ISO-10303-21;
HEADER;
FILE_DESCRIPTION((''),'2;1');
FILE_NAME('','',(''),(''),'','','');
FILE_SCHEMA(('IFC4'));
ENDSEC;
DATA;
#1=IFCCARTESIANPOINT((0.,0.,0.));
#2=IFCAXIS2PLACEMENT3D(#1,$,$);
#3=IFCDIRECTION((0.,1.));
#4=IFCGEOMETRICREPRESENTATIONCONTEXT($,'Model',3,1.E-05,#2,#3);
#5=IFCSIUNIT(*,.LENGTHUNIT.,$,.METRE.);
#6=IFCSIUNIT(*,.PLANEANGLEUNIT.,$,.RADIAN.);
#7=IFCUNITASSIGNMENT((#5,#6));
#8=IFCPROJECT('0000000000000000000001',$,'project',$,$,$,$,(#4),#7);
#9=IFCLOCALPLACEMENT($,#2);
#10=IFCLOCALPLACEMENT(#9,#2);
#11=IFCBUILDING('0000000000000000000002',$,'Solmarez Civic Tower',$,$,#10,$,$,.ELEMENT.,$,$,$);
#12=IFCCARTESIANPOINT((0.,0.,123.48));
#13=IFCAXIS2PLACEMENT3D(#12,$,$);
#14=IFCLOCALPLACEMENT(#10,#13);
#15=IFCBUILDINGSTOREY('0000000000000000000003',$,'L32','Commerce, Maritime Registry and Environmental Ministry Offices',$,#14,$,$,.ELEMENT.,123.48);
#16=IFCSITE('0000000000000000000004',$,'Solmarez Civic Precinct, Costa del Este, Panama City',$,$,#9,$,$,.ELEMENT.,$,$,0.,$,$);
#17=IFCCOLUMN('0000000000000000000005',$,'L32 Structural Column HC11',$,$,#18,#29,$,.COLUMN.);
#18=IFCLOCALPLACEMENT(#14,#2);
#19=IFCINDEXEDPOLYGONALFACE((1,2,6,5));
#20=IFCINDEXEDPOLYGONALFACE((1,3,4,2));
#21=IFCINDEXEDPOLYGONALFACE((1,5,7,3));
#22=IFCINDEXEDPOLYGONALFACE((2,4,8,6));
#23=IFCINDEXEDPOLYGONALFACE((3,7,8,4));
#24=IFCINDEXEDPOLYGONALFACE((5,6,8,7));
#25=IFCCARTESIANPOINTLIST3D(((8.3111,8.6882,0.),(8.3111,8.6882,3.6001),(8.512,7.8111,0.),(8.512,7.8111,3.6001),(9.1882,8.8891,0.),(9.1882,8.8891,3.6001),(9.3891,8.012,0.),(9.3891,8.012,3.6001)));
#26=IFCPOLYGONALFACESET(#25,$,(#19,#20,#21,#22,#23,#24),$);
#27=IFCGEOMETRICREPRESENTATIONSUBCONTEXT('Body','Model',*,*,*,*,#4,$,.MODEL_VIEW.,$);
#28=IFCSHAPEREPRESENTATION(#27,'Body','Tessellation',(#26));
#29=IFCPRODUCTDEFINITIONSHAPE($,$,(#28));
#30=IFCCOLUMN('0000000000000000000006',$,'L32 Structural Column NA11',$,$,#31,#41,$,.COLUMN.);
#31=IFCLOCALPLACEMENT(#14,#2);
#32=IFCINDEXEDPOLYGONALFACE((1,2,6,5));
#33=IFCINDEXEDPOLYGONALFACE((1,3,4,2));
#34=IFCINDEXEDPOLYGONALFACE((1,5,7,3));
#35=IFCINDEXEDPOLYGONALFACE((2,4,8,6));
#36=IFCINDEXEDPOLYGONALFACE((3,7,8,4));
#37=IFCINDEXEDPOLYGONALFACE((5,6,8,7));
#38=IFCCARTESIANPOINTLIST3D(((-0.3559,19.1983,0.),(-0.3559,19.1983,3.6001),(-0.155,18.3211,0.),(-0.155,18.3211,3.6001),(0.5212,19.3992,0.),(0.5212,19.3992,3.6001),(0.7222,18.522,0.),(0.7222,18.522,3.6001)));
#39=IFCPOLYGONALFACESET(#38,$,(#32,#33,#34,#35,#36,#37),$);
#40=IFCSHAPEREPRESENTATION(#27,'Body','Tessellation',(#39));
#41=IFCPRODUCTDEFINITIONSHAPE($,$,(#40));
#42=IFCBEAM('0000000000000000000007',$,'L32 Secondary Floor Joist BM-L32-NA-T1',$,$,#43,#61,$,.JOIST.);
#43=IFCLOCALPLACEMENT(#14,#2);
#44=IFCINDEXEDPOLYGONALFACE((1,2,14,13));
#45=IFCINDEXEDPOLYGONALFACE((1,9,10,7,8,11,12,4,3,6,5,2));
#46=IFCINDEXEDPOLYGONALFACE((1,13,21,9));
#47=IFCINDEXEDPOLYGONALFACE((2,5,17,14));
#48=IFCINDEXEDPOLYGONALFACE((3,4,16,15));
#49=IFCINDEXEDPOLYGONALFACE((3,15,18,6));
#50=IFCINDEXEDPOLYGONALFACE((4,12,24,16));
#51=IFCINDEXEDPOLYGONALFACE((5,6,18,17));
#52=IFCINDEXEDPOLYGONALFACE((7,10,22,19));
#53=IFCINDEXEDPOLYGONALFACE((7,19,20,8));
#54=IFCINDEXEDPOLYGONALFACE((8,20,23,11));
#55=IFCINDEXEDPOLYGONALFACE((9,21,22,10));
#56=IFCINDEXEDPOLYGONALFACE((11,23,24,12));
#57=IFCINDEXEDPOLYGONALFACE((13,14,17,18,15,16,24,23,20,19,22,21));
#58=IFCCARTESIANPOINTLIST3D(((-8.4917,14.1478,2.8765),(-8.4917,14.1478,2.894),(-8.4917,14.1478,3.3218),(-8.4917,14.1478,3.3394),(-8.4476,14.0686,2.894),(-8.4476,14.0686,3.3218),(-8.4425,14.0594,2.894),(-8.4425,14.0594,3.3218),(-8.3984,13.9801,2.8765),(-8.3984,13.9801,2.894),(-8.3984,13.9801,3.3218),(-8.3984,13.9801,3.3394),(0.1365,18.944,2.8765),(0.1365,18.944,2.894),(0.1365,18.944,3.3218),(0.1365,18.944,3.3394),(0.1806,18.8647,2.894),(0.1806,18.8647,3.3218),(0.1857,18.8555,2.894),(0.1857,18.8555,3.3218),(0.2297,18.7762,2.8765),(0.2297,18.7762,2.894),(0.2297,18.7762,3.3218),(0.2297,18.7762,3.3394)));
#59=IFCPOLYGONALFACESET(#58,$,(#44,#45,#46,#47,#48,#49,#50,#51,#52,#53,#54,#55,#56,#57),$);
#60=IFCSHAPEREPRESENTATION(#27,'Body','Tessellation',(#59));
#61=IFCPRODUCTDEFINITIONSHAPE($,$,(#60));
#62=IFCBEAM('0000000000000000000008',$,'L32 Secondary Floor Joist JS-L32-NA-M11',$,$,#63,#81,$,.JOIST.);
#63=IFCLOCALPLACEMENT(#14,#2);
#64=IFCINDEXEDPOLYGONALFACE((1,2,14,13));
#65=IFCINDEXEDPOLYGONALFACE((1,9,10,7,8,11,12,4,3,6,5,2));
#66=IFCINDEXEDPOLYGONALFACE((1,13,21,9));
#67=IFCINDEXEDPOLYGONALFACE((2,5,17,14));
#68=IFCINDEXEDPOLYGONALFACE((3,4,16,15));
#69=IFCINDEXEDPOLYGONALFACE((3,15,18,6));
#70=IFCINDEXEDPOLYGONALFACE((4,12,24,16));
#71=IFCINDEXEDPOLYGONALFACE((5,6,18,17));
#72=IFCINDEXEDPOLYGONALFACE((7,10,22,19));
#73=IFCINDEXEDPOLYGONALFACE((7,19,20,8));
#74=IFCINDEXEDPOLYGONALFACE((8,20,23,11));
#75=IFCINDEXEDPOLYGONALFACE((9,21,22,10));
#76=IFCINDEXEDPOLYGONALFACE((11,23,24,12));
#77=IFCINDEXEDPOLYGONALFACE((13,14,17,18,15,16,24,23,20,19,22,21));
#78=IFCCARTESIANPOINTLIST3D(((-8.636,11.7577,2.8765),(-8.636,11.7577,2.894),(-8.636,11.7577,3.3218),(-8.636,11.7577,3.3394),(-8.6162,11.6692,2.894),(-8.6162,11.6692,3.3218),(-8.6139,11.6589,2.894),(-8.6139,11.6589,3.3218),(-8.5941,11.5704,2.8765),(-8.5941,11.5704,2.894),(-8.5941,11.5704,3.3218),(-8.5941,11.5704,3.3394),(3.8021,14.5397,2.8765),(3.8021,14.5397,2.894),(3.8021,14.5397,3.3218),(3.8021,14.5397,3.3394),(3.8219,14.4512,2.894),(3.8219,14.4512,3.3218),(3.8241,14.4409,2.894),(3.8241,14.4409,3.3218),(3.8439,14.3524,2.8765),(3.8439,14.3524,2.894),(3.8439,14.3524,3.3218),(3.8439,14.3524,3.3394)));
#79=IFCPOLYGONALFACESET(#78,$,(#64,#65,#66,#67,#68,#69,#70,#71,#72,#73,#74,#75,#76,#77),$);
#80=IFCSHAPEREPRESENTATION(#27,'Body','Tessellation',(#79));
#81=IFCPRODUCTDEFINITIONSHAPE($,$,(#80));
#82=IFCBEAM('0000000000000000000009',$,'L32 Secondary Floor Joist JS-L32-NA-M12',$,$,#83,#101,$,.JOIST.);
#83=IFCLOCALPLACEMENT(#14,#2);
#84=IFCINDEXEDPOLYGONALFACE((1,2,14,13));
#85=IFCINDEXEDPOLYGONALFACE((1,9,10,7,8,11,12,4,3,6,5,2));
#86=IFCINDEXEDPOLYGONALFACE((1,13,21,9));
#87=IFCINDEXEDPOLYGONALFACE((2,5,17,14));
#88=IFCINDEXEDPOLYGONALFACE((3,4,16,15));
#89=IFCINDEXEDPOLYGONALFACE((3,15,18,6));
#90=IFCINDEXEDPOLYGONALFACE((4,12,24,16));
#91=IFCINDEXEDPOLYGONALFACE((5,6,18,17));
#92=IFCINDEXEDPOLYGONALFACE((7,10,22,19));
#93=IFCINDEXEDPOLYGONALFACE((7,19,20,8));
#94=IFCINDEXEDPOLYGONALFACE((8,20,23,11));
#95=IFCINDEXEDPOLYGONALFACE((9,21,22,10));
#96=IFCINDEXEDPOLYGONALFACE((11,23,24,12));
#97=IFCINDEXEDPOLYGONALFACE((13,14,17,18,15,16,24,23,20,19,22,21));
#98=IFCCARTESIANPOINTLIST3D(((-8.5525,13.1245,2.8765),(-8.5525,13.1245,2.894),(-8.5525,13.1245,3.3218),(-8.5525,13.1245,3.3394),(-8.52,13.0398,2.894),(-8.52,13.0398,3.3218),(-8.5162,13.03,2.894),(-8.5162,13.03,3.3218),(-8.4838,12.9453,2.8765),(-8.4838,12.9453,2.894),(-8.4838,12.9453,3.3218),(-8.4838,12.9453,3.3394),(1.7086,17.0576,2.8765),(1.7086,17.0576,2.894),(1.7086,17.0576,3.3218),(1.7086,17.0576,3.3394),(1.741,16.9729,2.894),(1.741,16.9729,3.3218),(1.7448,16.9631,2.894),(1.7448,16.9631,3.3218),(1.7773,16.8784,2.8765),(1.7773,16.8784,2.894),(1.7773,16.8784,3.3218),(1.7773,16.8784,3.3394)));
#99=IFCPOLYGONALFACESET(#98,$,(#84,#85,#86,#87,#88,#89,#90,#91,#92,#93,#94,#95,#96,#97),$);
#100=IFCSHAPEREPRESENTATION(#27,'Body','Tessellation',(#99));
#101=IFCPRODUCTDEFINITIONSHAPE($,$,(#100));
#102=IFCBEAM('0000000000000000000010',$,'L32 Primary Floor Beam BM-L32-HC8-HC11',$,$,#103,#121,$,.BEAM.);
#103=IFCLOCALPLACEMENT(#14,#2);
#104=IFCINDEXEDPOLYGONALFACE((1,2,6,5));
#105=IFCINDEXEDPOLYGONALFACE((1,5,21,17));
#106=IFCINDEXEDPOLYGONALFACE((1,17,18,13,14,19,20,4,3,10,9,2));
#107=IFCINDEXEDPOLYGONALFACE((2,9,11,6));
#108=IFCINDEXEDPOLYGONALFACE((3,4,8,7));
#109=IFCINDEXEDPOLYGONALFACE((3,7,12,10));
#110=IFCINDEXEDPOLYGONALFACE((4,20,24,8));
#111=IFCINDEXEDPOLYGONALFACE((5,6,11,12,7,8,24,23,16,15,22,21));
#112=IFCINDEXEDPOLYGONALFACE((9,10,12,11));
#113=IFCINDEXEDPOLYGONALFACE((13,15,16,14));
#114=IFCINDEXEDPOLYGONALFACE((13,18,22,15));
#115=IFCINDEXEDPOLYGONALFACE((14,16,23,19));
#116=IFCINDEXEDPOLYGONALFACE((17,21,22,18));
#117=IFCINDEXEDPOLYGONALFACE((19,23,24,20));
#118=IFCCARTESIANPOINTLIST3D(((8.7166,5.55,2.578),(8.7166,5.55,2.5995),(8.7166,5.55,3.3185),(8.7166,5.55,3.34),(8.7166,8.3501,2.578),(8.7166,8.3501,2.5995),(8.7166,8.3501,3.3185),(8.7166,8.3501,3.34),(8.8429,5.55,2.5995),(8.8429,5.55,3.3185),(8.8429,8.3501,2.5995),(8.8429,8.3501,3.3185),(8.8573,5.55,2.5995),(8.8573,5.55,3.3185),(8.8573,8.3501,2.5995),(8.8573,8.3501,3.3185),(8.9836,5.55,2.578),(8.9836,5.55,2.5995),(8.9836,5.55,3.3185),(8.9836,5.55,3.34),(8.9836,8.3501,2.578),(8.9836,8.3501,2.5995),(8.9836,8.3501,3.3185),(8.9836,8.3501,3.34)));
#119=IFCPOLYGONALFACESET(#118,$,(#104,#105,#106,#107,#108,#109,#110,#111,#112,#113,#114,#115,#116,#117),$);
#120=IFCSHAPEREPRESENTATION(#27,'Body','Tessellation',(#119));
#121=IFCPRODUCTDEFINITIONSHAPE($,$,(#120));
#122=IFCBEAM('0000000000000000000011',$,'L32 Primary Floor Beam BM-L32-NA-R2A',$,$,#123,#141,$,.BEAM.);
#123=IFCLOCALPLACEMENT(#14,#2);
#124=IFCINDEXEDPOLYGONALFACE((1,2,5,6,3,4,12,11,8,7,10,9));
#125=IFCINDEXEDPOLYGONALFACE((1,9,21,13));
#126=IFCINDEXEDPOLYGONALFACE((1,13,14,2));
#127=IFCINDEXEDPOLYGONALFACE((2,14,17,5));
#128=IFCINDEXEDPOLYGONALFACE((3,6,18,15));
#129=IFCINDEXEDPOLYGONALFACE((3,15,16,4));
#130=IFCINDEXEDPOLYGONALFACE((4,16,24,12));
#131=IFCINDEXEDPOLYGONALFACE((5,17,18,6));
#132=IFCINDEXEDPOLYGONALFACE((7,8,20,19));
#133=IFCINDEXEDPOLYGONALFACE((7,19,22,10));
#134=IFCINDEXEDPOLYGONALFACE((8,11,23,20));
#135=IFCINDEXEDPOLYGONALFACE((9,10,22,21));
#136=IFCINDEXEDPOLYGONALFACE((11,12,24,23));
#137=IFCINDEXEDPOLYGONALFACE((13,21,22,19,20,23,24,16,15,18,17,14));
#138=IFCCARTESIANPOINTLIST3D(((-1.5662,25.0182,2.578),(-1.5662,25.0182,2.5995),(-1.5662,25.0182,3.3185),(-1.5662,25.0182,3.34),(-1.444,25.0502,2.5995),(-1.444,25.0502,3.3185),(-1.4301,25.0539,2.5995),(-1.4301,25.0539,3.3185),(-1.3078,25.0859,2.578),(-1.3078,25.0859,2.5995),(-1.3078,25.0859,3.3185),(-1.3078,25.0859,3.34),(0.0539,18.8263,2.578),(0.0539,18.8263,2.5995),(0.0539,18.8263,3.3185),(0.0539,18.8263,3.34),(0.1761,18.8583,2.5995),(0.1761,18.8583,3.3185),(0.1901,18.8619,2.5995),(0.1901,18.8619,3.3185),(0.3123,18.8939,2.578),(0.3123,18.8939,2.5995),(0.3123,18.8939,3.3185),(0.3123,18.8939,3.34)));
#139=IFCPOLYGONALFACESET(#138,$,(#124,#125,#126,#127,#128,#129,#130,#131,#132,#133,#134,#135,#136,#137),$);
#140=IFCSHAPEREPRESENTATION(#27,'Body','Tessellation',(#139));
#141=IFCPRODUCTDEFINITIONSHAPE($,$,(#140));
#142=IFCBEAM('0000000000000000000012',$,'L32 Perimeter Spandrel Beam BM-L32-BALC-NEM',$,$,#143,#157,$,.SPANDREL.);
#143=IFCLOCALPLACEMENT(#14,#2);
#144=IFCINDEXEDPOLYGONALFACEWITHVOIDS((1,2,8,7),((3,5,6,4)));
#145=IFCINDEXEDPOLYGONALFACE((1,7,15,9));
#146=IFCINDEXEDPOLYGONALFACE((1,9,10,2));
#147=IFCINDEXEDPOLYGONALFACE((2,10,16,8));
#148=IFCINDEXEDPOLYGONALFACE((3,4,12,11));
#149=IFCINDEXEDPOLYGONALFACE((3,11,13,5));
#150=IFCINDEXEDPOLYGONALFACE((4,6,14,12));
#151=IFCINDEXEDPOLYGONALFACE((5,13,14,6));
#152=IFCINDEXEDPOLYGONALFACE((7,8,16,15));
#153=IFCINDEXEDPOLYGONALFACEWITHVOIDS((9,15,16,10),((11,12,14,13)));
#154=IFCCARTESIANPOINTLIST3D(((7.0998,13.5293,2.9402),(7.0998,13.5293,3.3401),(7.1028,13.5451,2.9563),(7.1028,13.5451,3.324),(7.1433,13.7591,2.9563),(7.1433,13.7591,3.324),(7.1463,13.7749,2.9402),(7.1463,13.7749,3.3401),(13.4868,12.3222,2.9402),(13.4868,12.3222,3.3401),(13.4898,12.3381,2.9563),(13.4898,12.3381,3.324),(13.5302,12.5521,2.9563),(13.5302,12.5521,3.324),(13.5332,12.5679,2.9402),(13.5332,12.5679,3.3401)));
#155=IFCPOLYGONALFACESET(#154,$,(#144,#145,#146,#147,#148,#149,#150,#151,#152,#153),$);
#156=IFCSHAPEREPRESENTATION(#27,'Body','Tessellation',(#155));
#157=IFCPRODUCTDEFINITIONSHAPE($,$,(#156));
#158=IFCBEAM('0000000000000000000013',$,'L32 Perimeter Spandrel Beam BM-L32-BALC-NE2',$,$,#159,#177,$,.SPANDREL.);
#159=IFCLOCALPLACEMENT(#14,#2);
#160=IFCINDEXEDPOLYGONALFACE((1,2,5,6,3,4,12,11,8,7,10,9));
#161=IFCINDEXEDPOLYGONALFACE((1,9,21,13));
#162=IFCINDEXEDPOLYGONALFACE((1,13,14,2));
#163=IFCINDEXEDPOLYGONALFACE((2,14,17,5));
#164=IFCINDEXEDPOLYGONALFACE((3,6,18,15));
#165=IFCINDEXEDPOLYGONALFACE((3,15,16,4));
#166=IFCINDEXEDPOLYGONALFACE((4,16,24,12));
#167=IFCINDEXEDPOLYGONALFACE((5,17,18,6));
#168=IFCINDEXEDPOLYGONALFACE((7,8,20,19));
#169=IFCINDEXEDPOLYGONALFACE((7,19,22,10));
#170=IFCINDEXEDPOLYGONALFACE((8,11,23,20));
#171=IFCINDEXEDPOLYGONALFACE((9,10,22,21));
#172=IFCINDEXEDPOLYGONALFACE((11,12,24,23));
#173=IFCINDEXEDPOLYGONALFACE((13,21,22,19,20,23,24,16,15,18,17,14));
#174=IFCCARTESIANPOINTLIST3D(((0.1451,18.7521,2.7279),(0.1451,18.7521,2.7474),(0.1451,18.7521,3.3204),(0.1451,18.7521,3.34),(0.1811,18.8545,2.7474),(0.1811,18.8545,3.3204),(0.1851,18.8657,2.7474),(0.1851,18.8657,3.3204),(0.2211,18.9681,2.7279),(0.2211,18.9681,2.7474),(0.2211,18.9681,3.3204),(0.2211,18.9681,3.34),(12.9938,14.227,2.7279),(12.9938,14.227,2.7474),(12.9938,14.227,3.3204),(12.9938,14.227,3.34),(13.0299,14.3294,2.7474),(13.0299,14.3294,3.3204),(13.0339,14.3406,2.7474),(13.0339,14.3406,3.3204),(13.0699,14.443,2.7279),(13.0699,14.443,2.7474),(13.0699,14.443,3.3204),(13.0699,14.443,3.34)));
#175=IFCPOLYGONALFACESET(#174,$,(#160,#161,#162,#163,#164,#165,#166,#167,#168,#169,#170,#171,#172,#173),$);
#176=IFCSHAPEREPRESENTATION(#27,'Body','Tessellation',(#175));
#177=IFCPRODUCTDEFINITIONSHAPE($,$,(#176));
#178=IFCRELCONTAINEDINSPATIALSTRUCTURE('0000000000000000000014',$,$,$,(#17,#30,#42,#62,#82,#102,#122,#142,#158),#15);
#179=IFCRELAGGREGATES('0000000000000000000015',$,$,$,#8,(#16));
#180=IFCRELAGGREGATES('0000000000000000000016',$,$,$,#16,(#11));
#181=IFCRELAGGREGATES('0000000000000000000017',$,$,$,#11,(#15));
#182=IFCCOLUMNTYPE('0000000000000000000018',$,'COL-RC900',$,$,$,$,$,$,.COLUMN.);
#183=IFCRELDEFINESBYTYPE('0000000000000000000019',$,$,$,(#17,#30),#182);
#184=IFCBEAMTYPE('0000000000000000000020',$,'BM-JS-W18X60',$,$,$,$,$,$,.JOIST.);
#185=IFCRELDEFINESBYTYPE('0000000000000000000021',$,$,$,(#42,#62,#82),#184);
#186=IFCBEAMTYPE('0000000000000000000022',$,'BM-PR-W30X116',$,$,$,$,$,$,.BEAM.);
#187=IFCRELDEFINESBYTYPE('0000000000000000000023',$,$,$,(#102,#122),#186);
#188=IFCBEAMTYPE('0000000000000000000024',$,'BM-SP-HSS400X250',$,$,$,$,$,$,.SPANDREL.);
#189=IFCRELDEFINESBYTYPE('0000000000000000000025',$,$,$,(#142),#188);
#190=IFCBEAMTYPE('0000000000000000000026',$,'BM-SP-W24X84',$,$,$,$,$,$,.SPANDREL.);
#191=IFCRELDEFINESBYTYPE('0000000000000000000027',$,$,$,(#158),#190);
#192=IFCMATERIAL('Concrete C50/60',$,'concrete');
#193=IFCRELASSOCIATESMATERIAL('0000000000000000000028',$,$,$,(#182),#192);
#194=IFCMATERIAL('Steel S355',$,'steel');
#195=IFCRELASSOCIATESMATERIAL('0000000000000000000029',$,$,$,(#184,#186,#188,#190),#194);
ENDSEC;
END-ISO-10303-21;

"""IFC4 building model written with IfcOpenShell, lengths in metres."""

from ifc_helpers import new_model, si_unit, direction, frame, origin, origin_2d, place, context, subcontext, project, spatial, rectangle, hollow_rectangle, i_section, extrude, material, material_profile, profile_set, type_object, element, save


model = new_model("IFC4")

# Units and contexts
model_context = context("Model", 3, precision=1e-05, world=origin(), true_north=direction((0.0, 1.0)))
body_context = subcontext(model_context, "Body", "Model", "MODEL_VIEW")
ifc_project = project(units=[si_unit("LENGTHUNIT", "METRE"), si_unit("PLANEANGLEUNIT", "RADIAN")], contexts=[model_context])

# Site, building, storey
site_placement = place(None, origin())
site = spatial("IfcSite", under=ifc_project, at=site_placement, Name="Solmarez Civic Precinct, Costa del Este, Panama City", CompositionType="ELEMENT", RefElevation=0.0)
building_placement = place(site_placement, origin())
building = spatial("IfcBuilding", under=site, at=building_placement, Name="Solmarez Civic Tower", CompositionType="ELEMENT")
storey_placement = place(building_placement, frame((0.0, 0.0, 123.48)))
storey = spatial("IfcBuildingStorey", under=building, at=storey_placement, Name="L32", Description="Commerce, Maritime Registry and Environmental Ministry Offices", CompositionType="ELEMENT", Elevation=123.48)

# Columns
ifc_material_1 = material(Name="Concrete C50/60", Category="concrete")
ifc_material_profile_1 = material_profile(ifc_material_1, rectangle(XDim=0.8999, YDim=0.8999, at=origin_2d()), Name="RC900X900")
ifc_profile_set_1 = profile_set([ifc_material_profile_1], Name="Concrete C50/60")
column_type = type_object("IfcColumnType", Name="COL-RC900", PredefinedType="COLUMN", material=ifc_profile_set_1)
for number, where, z_axis, x_axis, name in (
    (1, (8.8501, 8.3501, 0.0), (0.0, 0.0, 1.0), (0.974761, 0.22325, 0.0), "L32 Structural Column HC11"),
    (2, (0.1831, 18.8601, 0.0), (0.0, 0.0, 1.0), (0.974761, 0.22325, 0.0), "L32 Structural Column NA11"),
):
    element("IfcColumn", number, at=place(storey_placement, frame(where, z_axis=z_axis, x_axis=x_axis)), inside=storey, type_object=column_type, Name=name, PredefinedType="COLUMN", context=body_context, shape_type="SweptSolid", body=[
        extrude(rectangle(XDim=0.8999, YDim=0.8999, at=origin_2d()), origin(), (0.0, 0.0, 1.0), 3.6001),
    ])

# Beams
ifc_material_2 = material(Name="Steel S355", Category="steel")
ifc_material_profile_2 = material_profile(ifc_material_2, i_section(OverallWidth=0.1919, OverallDepth=0.4629, WebThickness=0.0105, FlangeThickness=0.0176, at=origin_2d()), Name="W18X60")
ifc_profile_set_2 = profile_set([ifc_material_profile_2], Name="Steel S355")
beam_type_1 = type_object("IfcBeamType", Name="BM-JS-W18X60", PredefinedType="JOIST", material=ifc_profile_set_2)
beam_1_placement = place(storey_placement, frame((0.1831, 18.8601, 3.1079), z_axis=(-0.874041, -0.485853, 0.0), x_axis=(0.485853, -0.874041, 0.0)))
element("IfcBeam", 3, at=beam_1_placement, inside=storey, type_object=beam_type_1, Name="L32 Secondary Floor Joist BM-L32-NA-T1", PredefinedType="JOIST", context=body_context, shape_type="SweptSolid", body=[
    extrude(i_section(OverallWidth=0.1919, OverallDepth=0.4629, WebThickness=0.0105, FlangeThickness=0.0176, at=origin_2d()), origin(), (0.0, 0.0, 1.0), 9.8716),
])
beam_2_placement = place(storey_placement, frame((3.823, 14.446, 3.1079), z_axis=(-0.975887, -0.218275, 0.0), x_axis=(0.218275, -0.975887, 0.0)))
element("IfcBeam", 4, at=beam_2_placement, inside=storey, type_object=beam_type_1, Name="L32 Secondary Floor Joist JS-L32-NA-M11", PredefinedType="JOIST", context=body_context, shape_type="SweptSolid", body=[
    extrude(i_section(OverallWidth=0.1919, OverallDepth=0.4629, WebThickness=0.0105, FlangeThickness=0.0176, at=origin_2d()), origin(), (0.0, 0.0, 1.0), 12.7454),
])
beam_3_placement = place(storey_placement, frame((1.7429, 16.968, 3.1079), z_axis=(-0.933754, -0.357914, 0.0), x_axis=(0.357914, -0.933754, 0.0)))
element("IfcBeam", 5, at=beam_3_placement, inside=storey, type_object=beam_type_1, Name="L32 Secondary Floor Joist JS-L32-NA-M12", PredefinedType="JOIST", context=body_context, shape_type="SweptSolid", body=[
    extrude(i_section(OverallWidth=0.1919, OverallDepth=0.4629, WebThickness=0.0105, FlangeThickness=0.0176, at=origin_2d()), origin(), (0.0, 0.0, 1.0), 10.989),
])
ifc_material_profile_3 = material_profile(ifc_material_2, i_section(OverallWidth=0.2671, OverallDepth=0.762, WebThickness=0.0144, FlangeThickness=0.0215, at=origin_2d()), Name="W30X116")
ifc_profile_set_3 = profile_set([ifc_material_profile_3], Name="Steel S355")
beam_type_2 = type_object("IfcBeamType", Name="BM-PR-W30X116", PredefinedType="BEAM", material=ifc_profile_set_3)
beam_4_placement = place(storey_placement, frame((8.8501, 5.55, 2.959), z_axis=(0.0, 1.0, 0.0), x_axis=(-1.0, 0.0, 0.0)))
element("IfcBeam", 6, at=beam_4_placement, inside=storey, type_object=beam_type_2, Name="L32 Primary Floor Beam BM-L32-HC8-HC11", PredefinedType="BEAM", context=body_context, shape_type="SweptSolid", body=[
    extrude(i_section(OverallWidth=0.2671, OverallDepth=0.762, WebThickness=0.0144, FlangeThickness=0.0215, at=origin_2d()), origin(), (0.0, 0.0, 1.0), 2.8),
])
beam_5_placement = place(storey_placement, frame((0.1831, 18.8601, 2.959), z_axis=(-0.25313, 0.967432, 0.0), x_axis=(-0.967432, -0.25313, 0.0)))
element("IfcBeam", 7, at=beam_5_placement, inside=storey, type_object=beam_type_2, Name="L32 Primary Floor Beam BM-L32-NA-R2A", PredefinedType="BEAM", context=body_context, shape_type="SweptSolid", body=[
    extrude(i_section(OverallWidth=0.2671, OverallDepth=0.762, WebThickness=0.0144, FlangeThickness=0.0215, at=origin_2d()), origin(), (0.0, 0.0, 1.0), 6.4004),
])
ifc_material_profile_4 = material_profile(ifc_material_2, hollow_rectangle(XDim=0.25, YDim=0.3999, WallThickness=0.0161, at=origin_2d()), Name="HSS400X250X16")
ifc_profile_set_4 = profile_set([ifc_material_profile_4], Name="Steel S355")
beam_type_3 = type_object("IfcBeamType", Name="BM-SP-HSS400X250", PredefinedType="SPANDREL", material=ifc_profile_set_4)
beam_6_placement = place(storey_placement, frame((7.123, 13.6521, 3.1401), z_axis=(0.982607, -0.185697, 0.0), x_axis=(0.185697, 0.982607, 0.0)))
element("IfcBeam", 8, at=beam_6_placement, inside=storey, type_object=beam_type_3, Name="L32 Perimeter Spandrel Beam BM-L32-BALC-NEM", PredefinedType="SPANDREL", context=body_context, shape_type="SweptSolid", body=[
    extrude(hollow_rectangle(XDim=0.25, YDim=0.3999, WallThickness=0.0161, at=origin_2d()), origin(), (0.0, 0.0, 1.0), 6.5),
])
ifc_material_profile_5 = material_profile(ifc_material_2, i_section(OverallWidth=0.229, OverallDepth=0.6121, WebThickness=0.012, FlangeThickness=0.0195, at=origin_2d()), Name="W24X84")
ifc_profile_set_5 = profile_set([ifc_material_profile_5], Name="Steel S355")
beam_type_4 = type_object("IfcBeamType", Name="BM-SP-W24X84", PredefinedType="SPANDREL", material=ifc_profile_set_5)
beam_7_placement = place(storey_placement, frame((0.1831, 18.8601, 3.0339), z_axis=(0.943215, -0.332184, 0.0), x_axis=(0.332184, 0.943215, 0.0)))
element("IfcBeam", 9, at=beam_7_placement, inside=storey, type_object=beam_type_4, Name="L32 Perimeter Spandrel Beam BM-L32-BALC-NE2", PredefinedType="SPANDREL", context=body_context, shape_type="SweptSolid", body=[
    extrude(i_section(OverallWidth=0.229, OverallDepth=0.6121, WebThickness=0.012, FlangeThickness=0.0195, at=origin_2d()), origin(), (0.0, 0.0, 1.0), 13.6223),
])

save(model, "model.ifc")
